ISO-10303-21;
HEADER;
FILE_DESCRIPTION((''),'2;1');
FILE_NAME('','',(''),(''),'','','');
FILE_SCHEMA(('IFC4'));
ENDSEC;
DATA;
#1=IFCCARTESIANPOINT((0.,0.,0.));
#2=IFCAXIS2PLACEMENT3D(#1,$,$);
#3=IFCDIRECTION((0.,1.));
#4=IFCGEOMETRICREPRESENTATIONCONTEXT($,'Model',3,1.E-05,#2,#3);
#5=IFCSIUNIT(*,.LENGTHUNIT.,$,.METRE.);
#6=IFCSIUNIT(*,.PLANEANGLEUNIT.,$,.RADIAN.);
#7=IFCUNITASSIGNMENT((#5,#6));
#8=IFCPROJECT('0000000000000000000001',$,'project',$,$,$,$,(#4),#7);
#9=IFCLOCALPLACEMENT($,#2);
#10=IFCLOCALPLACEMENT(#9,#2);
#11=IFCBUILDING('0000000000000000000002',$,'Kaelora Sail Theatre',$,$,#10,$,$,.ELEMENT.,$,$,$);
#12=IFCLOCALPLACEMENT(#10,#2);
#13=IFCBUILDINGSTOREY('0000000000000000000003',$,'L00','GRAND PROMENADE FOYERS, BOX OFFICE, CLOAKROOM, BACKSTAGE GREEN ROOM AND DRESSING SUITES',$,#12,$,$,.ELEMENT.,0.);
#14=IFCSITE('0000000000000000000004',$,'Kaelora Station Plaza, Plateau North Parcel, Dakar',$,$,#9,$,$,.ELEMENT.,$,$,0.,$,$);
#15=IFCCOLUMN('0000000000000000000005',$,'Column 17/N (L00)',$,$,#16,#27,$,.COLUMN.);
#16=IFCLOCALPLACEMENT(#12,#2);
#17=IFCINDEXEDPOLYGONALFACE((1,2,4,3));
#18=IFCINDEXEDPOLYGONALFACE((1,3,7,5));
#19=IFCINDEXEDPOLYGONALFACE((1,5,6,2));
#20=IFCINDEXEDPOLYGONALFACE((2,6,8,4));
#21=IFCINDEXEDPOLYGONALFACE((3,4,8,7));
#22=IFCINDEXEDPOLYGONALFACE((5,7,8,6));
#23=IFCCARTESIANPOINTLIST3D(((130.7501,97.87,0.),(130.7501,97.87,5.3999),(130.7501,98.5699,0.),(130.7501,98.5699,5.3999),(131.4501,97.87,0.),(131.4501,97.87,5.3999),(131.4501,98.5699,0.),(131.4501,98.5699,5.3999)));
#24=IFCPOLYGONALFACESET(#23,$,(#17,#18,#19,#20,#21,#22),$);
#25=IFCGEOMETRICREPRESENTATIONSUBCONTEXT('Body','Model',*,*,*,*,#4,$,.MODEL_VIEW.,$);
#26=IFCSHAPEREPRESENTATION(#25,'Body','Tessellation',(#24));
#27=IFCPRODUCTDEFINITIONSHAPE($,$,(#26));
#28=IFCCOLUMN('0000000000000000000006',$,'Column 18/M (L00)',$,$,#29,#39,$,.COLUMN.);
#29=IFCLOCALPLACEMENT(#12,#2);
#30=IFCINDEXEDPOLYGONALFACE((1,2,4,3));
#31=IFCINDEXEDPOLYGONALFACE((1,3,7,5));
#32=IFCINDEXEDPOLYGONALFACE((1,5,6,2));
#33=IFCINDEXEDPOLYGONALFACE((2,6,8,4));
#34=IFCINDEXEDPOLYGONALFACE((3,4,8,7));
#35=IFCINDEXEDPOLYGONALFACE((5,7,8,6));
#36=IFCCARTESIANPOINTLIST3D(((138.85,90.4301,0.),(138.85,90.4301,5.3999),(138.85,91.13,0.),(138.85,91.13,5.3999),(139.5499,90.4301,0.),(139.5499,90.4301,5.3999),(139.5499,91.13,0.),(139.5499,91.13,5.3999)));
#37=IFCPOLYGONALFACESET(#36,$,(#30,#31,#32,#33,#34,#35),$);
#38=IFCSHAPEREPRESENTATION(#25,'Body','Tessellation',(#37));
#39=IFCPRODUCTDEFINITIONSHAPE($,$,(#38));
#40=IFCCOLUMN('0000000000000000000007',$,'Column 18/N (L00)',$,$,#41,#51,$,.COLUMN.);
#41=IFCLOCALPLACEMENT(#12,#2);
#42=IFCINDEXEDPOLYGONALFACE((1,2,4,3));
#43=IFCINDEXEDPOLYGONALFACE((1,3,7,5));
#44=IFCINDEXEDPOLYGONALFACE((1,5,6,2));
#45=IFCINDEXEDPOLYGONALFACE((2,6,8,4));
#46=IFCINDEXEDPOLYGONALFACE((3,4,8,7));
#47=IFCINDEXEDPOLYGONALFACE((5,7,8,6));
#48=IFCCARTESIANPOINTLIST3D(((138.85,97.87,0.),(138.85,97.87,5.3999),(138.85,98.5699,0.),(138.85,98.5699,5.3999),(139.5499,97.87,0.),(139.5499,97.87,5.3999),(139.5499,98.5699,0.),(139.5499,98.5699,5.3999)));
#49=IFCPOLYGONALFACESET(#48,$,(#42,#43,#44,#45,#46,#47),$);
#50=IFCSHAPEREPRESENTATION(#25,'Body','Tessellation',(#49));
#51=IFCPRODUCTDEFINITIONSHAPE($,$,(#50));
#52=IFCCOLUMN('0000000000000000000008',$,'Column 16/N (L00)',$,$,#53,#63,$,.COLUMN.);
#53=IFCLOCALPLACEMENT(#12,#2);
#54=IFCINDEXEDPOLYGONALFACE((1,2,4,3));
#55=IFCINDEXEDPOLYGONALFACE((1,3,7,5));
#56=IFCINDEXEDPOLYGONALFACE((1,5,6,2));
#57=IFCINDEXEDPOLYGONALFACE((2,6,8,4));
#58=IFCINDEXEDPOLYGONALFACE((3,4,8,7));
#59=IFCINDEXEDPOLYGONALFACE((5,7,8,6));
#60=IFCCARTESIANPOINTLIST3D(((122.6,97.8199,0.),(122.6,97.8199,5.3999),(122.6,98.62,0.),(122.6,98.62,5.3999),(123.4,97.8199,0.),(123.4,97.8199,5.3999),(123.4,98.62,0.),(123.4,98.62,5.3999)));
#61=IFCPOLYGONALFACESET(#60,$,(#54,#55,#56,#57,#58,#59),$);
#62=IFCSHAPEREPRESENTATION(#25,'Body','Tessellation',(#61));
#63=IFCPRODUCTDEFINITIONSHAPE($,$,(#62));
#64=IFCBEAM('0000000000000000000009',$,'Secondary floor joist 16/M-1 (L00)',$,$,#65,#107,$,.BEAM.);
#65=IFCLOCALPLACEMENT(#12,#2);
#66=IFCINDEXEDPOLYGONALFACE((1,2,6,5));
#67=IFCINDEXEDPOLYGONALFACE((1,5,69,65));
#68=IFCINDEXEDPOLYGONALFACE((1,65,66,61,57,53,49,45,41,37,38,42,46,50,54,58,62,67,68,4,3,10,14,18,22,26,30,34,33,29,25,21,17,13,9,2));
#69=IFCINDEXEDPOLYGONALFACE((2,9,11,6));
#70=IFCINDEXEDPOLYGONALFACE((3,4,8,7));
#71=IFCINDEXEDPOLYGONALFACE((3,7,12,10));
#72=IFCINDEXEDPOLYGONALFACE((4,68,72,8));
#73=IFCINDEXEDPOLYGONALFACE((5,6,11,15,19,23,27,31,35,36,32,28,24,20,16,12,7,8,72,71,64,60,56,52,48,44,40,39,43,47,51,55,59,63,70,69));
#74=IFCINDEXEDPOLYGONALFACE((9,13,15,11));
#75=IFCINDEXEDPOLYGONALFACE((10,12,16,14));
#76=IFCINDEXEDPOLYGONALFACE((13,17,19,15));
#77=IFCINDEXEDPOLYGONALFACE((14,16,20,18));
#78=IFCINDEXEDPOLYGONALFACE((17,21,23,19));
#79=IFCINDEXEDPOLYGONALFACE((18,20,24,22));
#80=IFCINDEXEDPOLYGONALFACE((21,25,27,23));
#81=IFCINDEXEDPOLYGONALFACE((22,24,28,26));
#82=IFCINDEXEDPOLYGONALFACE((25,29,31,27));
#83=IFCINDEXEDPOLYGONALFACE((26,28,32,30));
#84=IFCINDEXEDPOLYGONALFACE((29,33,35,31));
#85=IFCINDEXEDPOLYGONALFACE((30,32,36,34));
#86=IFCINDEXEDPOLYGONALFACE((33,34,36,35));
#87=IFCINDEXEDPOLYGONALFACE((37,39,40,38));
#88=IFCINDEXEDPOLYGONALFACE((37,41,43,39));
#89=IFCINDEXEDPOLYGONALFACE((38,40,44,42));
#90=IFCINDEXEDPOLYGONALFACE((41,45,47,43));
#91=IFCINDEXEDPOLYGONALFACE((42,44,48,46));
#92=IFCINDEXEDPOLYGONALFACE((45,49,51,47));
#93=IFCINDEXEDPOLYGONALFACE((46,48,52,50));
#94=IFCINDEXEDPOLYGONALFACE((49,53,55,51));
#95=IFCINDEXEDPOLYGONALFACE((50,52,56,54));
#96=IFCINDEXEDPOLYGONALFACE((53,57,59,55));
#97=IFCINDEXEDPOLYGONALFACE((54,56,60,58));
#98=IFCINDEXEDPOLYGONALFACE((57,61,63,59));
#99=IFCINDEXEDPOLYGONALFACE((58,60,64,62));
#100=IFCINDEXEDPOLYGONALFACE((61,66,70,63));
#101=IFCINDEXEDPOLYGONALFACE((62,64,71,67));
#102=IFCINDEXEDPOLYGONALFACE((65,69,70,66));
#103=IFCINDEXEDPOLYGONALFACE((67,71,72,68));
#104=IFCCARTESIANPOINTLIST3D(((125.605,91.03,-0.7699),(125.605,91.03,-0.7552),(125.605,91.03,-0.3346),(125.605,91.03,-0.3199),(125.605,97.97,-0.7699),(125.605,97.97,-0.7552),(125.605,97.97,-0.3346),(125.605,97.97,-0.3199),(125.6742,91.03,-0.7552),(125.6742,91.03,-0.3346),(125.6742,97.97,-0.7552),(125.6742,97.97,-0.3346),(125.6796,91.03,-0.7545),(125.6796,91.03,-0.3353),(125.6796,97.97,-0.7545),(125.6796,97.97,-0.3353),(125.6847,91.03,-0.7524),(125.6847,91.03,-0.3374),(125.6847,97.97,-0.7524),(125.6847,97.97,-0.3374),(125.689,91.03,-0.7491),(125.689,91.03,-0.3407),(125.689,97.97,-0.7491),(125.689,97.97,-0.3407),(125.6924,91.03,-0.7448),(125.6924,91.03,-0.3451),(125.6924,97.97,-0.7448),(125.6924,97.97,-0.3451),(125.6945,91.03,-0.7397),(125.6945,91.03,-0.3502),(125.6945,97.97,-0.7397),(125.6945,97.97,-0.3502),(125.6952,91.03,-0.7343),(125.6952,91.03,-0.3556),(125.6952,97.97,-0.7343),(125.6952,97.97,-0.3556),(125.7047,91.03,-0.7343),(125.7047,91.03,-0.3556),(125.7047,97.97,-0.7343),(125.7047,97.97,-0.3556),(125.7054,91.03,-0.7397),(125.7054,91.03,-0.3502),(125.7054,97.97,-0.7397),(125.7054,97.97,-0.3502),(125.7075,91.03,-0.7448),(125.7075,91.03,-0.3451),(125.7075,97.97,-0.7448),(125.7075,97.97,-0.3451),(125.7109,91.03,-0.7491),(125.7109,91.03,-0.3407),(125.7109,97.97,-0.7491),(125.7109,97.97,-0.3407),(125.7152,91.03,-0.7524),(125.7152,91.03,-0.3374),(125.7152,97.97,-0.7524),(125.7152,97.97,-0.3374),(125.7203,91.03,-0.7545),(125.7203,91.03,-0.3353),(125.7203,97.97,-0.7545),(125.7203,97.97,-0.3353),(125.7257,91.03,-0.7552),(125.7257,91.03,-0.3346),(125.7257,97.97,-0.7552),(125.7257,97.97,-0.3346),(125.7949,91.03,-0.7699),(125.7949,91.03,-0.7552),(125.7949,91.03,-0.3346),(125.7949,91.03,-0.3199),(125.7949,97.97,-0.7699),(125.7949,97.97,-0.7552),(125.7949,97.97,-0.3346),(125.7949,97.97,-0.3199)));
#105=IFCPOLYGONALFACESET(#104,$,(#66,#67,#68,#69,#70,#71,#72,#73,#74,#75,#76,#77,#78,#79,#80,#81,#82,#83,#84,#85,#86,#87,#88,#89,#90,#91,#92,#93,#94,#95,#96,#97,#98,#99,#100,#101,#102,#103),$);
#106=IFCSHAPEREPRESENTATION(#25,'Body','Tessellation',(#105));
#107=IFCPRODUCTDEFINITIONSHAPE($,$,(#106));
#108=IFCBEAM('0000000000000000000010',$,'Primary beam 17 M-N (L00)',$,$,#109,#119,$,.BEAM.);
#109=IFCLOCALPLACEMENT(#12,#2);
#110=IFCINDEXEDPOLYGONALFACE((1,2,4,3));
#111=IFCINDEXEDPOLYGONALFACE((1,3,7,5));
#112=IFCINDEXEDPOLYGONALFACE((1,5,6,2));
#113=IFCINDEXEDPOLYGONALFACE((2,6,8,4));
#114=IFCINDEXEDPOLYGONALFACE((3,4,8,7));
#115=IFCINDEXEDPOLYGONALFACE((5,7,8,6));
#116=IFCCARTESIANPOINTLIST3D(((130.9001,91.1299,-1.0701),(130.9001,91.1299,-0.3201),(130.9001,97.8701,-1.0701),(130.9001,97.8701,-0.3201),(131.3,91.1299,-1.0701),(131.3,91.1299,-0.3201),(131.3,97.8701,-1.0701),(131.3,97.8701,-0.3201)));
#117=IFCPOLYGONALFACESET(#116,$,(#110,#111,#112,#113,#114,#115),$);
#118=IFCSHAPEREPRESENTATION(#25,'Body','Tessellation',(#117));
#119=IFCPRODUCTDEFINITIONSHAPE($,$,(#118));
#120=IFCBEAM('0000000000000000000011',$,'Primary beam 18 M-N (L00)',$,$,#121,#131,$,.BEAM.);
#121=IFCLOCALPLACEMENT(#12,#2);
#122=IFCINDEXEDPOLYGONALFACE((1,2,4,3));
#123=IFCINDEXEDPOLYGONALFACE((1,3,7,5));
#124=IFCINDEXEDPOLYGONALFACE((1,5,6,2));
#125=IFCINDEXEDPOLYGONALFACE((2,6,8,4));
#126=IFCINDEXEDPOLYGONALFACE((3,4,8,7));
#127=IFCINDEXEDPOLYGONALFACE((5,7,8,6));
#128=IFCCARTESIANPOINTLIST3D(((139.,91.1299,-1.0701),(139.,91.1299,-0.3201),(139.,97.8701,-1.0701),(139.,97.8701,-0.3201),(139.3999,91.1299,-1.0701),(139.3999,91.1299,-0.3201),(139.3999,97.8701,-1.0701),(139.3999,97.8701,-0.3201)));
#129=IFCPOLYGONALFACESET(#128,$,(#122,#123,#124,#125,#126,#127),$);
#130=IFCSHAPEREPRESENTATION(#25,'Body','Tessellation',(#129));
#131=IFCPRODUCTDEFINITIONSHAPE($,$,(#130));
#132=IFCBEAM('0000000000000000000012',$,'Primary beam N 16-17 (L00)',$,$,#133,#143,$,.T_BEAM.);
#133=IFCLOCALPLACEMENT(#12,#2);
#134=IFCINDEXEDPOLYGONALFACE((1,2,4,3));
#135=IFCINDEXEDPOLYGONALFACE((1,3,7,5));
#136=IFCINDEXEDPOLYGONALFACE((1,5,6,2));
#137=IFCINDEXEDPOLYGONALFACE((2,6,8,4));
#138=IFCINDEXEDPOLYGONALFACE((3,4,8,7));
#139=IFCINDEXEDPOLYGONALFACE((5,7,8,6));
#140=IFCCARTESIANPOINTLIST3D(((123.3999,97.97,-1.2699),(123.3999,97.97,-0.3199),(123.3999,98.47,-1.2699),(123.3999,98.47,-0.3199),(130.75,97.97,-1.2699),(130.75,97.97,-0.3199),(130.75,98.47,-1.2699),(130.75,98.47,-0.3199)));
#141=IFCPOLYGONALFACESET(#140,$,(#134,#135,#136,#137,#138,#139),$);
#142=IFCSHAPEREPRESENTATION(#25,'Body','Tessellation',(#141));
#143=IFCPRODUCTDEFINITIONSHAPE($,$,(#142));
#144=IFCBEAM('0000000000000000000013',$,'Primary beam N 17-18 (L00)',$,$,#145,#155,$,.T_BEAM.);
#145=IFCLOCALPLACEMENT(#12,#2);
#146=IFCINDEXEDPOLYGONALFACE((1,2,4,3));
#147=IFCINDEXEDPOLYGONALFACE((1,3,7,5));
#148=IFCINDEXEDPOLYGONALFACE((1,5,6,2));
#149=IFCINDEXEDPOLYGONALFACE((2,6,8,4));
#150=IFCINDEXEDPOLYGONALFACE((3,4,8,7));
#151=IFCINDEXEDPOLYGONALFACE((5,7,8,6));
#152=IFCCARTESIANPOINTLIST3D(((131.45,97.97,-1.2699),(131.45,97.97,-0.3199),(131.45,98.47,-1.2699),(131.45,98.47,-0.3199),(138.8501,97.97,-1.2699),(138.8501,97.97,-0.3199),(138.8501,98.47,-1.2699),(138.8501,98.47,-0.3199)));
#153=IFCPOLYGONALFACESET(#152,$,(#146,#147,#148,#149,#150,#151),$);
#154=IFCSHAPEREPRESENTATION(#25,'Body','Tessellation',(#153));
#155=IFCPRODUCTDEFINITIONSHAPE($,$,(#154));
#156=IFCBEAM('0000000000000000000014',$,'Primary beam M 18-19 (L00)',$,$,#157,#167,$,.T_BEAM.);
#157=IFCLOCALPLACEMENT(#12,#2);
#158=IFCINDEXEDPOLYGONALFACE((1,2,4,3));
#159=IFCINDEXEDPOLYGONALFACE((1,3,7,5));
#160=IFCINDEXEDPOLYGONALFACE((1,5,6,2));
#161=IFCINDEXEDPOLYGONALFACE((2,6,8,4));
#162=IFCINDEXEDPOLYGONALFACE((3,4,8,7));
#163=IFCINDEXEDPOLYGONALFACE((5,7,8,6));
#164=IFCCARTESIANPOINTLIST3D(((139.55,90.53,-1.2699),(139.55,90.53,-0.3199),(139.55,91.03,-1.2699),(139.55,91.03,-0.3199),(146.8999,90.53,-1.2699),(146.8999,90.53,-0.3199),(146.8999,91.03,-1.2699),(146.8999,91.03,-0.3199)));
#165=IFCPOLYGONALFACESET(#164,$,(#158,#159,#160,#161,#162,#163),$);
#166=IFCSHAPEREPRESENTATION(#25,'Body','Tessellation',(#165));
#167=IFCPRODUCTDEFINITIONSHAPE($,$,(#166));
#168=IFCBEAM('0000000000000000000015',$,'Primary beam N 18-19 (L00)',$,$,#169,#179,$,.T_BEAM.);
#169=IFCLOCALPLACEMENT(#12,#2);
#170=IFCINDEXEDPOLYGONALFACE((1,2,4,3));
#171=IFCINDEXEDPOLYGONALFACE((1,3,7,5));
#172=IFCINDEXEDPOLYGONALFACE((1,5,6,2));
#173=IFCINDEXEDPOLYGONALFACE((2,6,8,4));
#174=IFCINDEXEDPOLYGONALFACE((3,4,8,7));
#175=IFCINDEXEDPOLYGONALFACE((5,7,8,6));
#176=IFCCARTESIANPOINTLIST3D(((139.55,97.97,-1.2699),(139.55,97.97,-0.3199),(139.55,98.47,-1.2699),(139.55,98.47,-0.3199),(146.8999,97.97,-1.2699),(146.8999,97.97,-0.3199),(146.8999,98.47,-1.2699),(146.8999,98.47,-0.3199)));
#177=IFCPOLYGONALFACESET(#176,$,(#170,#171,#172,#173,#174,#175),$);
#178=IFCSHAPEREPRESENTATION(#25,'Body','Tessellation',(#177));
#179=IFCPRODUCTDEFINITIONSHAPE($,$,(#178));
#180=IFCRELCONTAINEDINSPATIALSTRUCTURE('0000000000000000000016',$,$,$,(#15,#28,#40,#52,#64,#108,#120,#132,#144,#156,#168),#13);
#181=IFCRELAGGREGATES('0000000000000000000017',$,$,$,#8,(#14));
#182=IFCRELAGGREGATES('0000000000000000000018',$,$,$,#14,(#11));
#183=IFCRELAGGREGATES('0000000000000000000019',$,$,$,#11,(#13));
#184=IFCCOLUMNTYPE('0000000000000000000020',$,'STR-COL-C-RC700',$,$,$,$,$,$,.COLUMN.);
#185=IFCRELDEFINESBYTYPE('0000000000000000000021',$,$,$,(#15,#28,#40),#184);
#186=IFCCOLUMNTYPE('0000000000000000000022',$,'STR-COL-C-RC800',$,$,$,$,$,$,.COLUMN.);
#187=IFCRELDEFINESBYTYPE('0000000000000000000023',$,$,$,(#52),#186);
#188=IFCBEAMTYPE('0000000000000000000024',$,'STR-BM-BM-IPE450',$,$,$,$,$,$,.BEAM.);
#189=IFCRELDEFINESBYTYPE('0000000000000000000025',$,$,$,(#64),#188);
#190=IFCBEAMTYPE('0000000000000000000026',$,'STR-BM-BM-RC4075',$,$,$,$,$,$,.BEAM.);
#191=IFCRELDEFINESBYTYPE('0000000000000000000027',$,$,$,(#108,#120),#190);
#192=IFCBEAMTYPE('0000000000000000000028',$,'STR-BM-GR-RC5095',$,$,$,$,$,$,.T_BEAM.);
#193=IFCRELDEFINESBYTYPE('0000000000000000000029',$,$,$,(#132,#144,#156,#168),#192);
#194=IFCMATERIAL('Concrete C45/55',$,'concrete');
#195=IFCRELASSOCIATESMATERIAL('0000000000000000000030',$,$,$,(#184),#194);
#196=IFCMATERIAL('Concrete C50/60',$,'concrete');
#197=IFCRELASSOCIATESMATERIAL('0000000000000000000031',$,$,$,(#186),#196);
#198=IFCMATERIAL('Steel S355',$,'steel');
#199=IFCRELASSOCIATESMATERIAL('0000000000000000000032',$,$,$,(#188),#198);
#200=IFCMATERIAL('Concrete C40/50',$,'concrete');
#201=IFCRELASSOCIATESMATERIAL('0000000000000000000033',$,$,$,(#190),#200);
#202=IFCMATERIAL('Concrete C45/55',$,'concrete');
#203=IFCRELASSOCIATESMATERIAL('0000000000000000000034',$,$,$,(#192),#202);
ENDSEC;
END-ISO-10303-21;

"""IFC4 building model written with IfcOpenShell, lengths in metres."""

from ifc_helpers import new_model, si_unit, direction, frame, origin, origin_2d, place, context, subcontext, project, spatial, rectangle, i_section, extrude, material, material_profile, profile_set, type_object, element, save


model = new_model("IFC4")

# Units and contexts
model_context = context("Model", 3, precision=1e-05, world=origin(), true_north=direction((0.0, 1.0)))
body_context = subcontext(model_context, "Body", "Model", "MODEL_VIEW")
ifc_project = project(units=[si_unit("LENGTHUNIT", "METRE"), si_unit("PLANEANGLEUNIT", "RADIAN")], contexts=[model_context])

# Site, building, storey
site_placement = place(None, origin())
site = spatial("IfcSite", under=ifc_project, at=site_placement, Name="Kaelora Station Plaza, Plateau North Parcel, Dakar", CompositionType="ELEMENT", RefElevation=0.0)
building_placement = place(site_placement, origin())
building = spatial("IfcBuilding", under=site, at=building_placement, Name="Kaelora Sail Theatre", CompositionType="ELEMENT")
storey_placement = place(building_placement, origin())
storey = spatial("IfcBuildingStorey", under=building, at=storey_placement, Name="L00", Description="GRAND PROMENADE FOYERS, BOX OFFICE, CLOAKROOM, BACKSTAGE GREEN ROOM AND DRESSING SUITES", CompositionType="ELEMENT", Elevation=0.0)

# Columns
ifc_material_1 = material(Name="Concrete C45/55", Category="concrete")
ifc_material_profile_1 = material_profile(ifc_material_1, rectangle(XDim=0.7, YDim=0.7, at=origin_2d()), Name="RC-COL 700x700")
ifc_profile_set_1 = profile_set([ifc_material_profile_1], Name="Concrete C45/55")
column_type_1 = type_object("IfcColumnType", Name="STR-COL-C-RC700", PredefinedType="COLUMN", material=ifc_profile_set_1)
for number, where, z_axis, x_axis, name in (
    (1, (131.1001, 98.22, 0.0), (0.0, 0.0, 1.0), (1.0, 0.0, 0.0), "Column 17/N (L00)"),
    (2, (139.2, 90.78, 0.0), (0.0, 0.0, 1.0), (1.0, 0.0, 0.0), "Column 18/M (L00)"),
    (3, (139.2, 98.22, 0.0), (0.0, 0.0, 1.0), (1.0, 0.0, 0.0), "Column 18/N (L00)"),
):
    element("IfcColumn", number, at=place(storey_placement, frame(where, z_axis=z_axis, x_axis=x_axis)), inside=storey, type_object=column_type_1, Name=name, PredefinedType="COLUMN", context=body_context, shape_type="SweptSolid", body=[
        extrude(rectangle(XDim=0.7, YDim=0.7, at=origin_2d()), origin(), (0.0, 0.0, 1.0), 5.3999),
    ])
ifc_material_2 = material(Name="Concrete C50/60", Category="concrete")
ifc_material_profile_2 = material_profile(ifc_material_2, rectangle(XDim=0.8, YDim=0.8, at=origin_2d()), Name="RC-COL 800x800")
ifc_profile_set_2 = profile_set([ifc_material_profile_2], Name="Concrete C50/60")
column_type_2 = type_object("IfcColumnType", Name="STR-COL-C-RC800", PredefinedType="COLUMN", material=ifc_profile_set_2)
column_placement = place(storey_placement, frame((123.0, 98.22, 0.0), z_axis=(0.0, 0.0, 1.0), x_axis=(1.0, 0.0, 0.0)))
element("IfcColumn", 4, at=column_placement, inside=storey, type_object=column_type_2, Name="Column 16/N (L00)", PredefinedType="COLUMN", context=body_context, shape_type="SweptSolid", body=[
    extrude(rectangle(XDim=0.8, YDim=0.8, at=origin_2d()), origin(), (0.0, 0.0, 1.0), 5.3999),
])

# Beams
ifc_material_3 = material(Name="Steel S355", Category="steel")
ifc_material_profile_3 = material_profile(ifc_material_3, i_section(OverallWidth=0.1899, OverallDepth=0.45, WebThickness=0.0095, FlangeThickness=0.0146, FilletRadius=0.021, at=origin_2d()), Name="IPE 450")
ifc_profile_set_3 = profile_set([ifc_material_profile_3], Name="Steel S355")
beam_type_1 = type_object("IfcBeamType", Name="STR-BM-BM-IPE450", PredefinedType="BEAM", material=ifc_profile_set_3)
beam_1_placement = place(storey_placement, frame((125.7, 91.03, -0.5449), z_axis=(0.0, 1.0, 0.0), x_axis=(-1.0, 0.0, 0.0)))
element("IfcBeam", 5, at=beam_1_placement, inside=storey, type_object=beam_type_1, Name="Secondary floor joist 16/M-1 (L00)", PredefinedType="BEAM", context=body_context, shape_type="SweptSolid", body=[
    extrude(i_section(OverallWidth=0.1899, OverallDepth=0.45, WebThickness=0.0095, FlangeThickness=0.0146, FilletRadius=0.021, at=origin_2d()), origin(), (0.0, 0.0, 1.0), 6.9399),
])
ifc_material_4 = material(Name="Concrete C40/50", Category="concrete")
ifc_material_profile_4 = material_profile(ifc_material_4, rectangle(XDim=0.3999, YDim=0.75, at=origin_2d()), Name="RC-BM 400x750")
ifc_profile_set_4 = profile_set([ifc_material_profile_4], Name="Concrete C40/50")
beam_type_2 = type_object("IfcBeamType", Name="STR-BM-BM-RC4075", PredefinedType="BEAM", material=ifc_profile_set_4)
for number, where, z_axis, x_axis, name in (
    (6, (131.1001, 91.1299, -0.6951), (0.0, 1.0, 0.0), (-1.0, 0.0, 0.0), "Primary beam 17 M-N (L00)"),
    (7, (139.2, 91.1299, -0.6951), (0.0, 1.0, 0.0), (-1.0, 0.0, 0.0), "Primary beam 18 M-N (L00)"),
):
    element("IfcBeam", number, at=place(storey_placement, frame(where, z_axis=z_axis, x_axis=x_axis)), inside=storey, type_object=beam_type_2, Name=name, PredefinedType="BEAM", context=body_context, shape_type="SweptSolid", body=[
        extrude(rectangle(XDim=0.3999, YDim=0.75, at=origin_2d()), origin(), (0.0, 0.0, 1.0), 6.7402),
    ])
ifc_material_5 = material(Name="Concrete C45/55", Category="concrete")
ifc_material_profile_5 = material_profile(ifc_material_5, rectangle(XDim=0.5, YDim=0.95, at=origin_2d()), Name="RC-GRD 500x950")
ifc_profile_set_5 = profile_set([ifc_material_profile_5], Name="Concrete C45/55")
beam_type_3 = type_object("IfcBeamType", Name="STR-BM-GR-RC5095", PredefinedType="T_BEAM", material=ifc_profile_set_5)
beam_2_placement = place(storey_placement, frame((123.3999, 98.22, -0.7949), z_axis=(1.0, 0.0, 0.0), x_axis=(0.0, 1.0, 0.0)))
element("IfcBeam", 8, at=beam_2_placement, inside=storey, type_object=beam_type_3, Name="Primary beam N 16-17 (L00)", PredefinedType="T_BEAM", context=body_context, shape_type="SweptSolid", body=[
    extrude(rectangle(XDim=0.5, YDim=0.95, at=origin_2d()), origin(), (0.0, 0.0, 1.0), 7.3501),
])
beam_3_placement = place(storey_placement, frame((131.45, 98.22, -0.7949), z_axis=(1.0, 0.0, 0.0), x_axis=(0.0, 1.0, 0.0)))
element("IfcBeam", 9, at=beam_3_placement, inside=storey, type_object=beam_type_3, Name="Primary beam N 17-18 (L00)", PredefinedType="T_BEAM", context=body_context, shape_type="SweptSolid", body=[
    extrude(rectangle(XDim=0.5, YDim=0.95, at=origin_2d()), origin(), (0.0, 0.0, 1.0), 7.4001),
])
for number, where, z_axis, x_axis, name in (
    (10, (139.55, 90.78, -0.7949), (1.0, 0.0, 0.0), (0.0, 1.0, 0.0), "Primary beam M 18-19 (L00)"),
    (11, (139.55, 98.22, -0.7949), (1.0, 0.0, 0.0), (0.0, 1.0, 0.0), "Primary beam N 18-19 (L00)"),
):
    element("IfcBeam", number, at=place(storey_placement, frame(where, z_axis=z_axis, x_axis=x_axis)), inside=storey, type_object=beam_type_3, Name=name, PredefinedType="T_BEAM", context=body_context, shape_type="SweptSolid", body=[
        extrude(rectangle(XDim=0.5, YDim=0.95, at=origin_2d()), origin(), (0.0, 0.0, 1.0), 7.3499),
    ])

save(model, "model.ifc")
